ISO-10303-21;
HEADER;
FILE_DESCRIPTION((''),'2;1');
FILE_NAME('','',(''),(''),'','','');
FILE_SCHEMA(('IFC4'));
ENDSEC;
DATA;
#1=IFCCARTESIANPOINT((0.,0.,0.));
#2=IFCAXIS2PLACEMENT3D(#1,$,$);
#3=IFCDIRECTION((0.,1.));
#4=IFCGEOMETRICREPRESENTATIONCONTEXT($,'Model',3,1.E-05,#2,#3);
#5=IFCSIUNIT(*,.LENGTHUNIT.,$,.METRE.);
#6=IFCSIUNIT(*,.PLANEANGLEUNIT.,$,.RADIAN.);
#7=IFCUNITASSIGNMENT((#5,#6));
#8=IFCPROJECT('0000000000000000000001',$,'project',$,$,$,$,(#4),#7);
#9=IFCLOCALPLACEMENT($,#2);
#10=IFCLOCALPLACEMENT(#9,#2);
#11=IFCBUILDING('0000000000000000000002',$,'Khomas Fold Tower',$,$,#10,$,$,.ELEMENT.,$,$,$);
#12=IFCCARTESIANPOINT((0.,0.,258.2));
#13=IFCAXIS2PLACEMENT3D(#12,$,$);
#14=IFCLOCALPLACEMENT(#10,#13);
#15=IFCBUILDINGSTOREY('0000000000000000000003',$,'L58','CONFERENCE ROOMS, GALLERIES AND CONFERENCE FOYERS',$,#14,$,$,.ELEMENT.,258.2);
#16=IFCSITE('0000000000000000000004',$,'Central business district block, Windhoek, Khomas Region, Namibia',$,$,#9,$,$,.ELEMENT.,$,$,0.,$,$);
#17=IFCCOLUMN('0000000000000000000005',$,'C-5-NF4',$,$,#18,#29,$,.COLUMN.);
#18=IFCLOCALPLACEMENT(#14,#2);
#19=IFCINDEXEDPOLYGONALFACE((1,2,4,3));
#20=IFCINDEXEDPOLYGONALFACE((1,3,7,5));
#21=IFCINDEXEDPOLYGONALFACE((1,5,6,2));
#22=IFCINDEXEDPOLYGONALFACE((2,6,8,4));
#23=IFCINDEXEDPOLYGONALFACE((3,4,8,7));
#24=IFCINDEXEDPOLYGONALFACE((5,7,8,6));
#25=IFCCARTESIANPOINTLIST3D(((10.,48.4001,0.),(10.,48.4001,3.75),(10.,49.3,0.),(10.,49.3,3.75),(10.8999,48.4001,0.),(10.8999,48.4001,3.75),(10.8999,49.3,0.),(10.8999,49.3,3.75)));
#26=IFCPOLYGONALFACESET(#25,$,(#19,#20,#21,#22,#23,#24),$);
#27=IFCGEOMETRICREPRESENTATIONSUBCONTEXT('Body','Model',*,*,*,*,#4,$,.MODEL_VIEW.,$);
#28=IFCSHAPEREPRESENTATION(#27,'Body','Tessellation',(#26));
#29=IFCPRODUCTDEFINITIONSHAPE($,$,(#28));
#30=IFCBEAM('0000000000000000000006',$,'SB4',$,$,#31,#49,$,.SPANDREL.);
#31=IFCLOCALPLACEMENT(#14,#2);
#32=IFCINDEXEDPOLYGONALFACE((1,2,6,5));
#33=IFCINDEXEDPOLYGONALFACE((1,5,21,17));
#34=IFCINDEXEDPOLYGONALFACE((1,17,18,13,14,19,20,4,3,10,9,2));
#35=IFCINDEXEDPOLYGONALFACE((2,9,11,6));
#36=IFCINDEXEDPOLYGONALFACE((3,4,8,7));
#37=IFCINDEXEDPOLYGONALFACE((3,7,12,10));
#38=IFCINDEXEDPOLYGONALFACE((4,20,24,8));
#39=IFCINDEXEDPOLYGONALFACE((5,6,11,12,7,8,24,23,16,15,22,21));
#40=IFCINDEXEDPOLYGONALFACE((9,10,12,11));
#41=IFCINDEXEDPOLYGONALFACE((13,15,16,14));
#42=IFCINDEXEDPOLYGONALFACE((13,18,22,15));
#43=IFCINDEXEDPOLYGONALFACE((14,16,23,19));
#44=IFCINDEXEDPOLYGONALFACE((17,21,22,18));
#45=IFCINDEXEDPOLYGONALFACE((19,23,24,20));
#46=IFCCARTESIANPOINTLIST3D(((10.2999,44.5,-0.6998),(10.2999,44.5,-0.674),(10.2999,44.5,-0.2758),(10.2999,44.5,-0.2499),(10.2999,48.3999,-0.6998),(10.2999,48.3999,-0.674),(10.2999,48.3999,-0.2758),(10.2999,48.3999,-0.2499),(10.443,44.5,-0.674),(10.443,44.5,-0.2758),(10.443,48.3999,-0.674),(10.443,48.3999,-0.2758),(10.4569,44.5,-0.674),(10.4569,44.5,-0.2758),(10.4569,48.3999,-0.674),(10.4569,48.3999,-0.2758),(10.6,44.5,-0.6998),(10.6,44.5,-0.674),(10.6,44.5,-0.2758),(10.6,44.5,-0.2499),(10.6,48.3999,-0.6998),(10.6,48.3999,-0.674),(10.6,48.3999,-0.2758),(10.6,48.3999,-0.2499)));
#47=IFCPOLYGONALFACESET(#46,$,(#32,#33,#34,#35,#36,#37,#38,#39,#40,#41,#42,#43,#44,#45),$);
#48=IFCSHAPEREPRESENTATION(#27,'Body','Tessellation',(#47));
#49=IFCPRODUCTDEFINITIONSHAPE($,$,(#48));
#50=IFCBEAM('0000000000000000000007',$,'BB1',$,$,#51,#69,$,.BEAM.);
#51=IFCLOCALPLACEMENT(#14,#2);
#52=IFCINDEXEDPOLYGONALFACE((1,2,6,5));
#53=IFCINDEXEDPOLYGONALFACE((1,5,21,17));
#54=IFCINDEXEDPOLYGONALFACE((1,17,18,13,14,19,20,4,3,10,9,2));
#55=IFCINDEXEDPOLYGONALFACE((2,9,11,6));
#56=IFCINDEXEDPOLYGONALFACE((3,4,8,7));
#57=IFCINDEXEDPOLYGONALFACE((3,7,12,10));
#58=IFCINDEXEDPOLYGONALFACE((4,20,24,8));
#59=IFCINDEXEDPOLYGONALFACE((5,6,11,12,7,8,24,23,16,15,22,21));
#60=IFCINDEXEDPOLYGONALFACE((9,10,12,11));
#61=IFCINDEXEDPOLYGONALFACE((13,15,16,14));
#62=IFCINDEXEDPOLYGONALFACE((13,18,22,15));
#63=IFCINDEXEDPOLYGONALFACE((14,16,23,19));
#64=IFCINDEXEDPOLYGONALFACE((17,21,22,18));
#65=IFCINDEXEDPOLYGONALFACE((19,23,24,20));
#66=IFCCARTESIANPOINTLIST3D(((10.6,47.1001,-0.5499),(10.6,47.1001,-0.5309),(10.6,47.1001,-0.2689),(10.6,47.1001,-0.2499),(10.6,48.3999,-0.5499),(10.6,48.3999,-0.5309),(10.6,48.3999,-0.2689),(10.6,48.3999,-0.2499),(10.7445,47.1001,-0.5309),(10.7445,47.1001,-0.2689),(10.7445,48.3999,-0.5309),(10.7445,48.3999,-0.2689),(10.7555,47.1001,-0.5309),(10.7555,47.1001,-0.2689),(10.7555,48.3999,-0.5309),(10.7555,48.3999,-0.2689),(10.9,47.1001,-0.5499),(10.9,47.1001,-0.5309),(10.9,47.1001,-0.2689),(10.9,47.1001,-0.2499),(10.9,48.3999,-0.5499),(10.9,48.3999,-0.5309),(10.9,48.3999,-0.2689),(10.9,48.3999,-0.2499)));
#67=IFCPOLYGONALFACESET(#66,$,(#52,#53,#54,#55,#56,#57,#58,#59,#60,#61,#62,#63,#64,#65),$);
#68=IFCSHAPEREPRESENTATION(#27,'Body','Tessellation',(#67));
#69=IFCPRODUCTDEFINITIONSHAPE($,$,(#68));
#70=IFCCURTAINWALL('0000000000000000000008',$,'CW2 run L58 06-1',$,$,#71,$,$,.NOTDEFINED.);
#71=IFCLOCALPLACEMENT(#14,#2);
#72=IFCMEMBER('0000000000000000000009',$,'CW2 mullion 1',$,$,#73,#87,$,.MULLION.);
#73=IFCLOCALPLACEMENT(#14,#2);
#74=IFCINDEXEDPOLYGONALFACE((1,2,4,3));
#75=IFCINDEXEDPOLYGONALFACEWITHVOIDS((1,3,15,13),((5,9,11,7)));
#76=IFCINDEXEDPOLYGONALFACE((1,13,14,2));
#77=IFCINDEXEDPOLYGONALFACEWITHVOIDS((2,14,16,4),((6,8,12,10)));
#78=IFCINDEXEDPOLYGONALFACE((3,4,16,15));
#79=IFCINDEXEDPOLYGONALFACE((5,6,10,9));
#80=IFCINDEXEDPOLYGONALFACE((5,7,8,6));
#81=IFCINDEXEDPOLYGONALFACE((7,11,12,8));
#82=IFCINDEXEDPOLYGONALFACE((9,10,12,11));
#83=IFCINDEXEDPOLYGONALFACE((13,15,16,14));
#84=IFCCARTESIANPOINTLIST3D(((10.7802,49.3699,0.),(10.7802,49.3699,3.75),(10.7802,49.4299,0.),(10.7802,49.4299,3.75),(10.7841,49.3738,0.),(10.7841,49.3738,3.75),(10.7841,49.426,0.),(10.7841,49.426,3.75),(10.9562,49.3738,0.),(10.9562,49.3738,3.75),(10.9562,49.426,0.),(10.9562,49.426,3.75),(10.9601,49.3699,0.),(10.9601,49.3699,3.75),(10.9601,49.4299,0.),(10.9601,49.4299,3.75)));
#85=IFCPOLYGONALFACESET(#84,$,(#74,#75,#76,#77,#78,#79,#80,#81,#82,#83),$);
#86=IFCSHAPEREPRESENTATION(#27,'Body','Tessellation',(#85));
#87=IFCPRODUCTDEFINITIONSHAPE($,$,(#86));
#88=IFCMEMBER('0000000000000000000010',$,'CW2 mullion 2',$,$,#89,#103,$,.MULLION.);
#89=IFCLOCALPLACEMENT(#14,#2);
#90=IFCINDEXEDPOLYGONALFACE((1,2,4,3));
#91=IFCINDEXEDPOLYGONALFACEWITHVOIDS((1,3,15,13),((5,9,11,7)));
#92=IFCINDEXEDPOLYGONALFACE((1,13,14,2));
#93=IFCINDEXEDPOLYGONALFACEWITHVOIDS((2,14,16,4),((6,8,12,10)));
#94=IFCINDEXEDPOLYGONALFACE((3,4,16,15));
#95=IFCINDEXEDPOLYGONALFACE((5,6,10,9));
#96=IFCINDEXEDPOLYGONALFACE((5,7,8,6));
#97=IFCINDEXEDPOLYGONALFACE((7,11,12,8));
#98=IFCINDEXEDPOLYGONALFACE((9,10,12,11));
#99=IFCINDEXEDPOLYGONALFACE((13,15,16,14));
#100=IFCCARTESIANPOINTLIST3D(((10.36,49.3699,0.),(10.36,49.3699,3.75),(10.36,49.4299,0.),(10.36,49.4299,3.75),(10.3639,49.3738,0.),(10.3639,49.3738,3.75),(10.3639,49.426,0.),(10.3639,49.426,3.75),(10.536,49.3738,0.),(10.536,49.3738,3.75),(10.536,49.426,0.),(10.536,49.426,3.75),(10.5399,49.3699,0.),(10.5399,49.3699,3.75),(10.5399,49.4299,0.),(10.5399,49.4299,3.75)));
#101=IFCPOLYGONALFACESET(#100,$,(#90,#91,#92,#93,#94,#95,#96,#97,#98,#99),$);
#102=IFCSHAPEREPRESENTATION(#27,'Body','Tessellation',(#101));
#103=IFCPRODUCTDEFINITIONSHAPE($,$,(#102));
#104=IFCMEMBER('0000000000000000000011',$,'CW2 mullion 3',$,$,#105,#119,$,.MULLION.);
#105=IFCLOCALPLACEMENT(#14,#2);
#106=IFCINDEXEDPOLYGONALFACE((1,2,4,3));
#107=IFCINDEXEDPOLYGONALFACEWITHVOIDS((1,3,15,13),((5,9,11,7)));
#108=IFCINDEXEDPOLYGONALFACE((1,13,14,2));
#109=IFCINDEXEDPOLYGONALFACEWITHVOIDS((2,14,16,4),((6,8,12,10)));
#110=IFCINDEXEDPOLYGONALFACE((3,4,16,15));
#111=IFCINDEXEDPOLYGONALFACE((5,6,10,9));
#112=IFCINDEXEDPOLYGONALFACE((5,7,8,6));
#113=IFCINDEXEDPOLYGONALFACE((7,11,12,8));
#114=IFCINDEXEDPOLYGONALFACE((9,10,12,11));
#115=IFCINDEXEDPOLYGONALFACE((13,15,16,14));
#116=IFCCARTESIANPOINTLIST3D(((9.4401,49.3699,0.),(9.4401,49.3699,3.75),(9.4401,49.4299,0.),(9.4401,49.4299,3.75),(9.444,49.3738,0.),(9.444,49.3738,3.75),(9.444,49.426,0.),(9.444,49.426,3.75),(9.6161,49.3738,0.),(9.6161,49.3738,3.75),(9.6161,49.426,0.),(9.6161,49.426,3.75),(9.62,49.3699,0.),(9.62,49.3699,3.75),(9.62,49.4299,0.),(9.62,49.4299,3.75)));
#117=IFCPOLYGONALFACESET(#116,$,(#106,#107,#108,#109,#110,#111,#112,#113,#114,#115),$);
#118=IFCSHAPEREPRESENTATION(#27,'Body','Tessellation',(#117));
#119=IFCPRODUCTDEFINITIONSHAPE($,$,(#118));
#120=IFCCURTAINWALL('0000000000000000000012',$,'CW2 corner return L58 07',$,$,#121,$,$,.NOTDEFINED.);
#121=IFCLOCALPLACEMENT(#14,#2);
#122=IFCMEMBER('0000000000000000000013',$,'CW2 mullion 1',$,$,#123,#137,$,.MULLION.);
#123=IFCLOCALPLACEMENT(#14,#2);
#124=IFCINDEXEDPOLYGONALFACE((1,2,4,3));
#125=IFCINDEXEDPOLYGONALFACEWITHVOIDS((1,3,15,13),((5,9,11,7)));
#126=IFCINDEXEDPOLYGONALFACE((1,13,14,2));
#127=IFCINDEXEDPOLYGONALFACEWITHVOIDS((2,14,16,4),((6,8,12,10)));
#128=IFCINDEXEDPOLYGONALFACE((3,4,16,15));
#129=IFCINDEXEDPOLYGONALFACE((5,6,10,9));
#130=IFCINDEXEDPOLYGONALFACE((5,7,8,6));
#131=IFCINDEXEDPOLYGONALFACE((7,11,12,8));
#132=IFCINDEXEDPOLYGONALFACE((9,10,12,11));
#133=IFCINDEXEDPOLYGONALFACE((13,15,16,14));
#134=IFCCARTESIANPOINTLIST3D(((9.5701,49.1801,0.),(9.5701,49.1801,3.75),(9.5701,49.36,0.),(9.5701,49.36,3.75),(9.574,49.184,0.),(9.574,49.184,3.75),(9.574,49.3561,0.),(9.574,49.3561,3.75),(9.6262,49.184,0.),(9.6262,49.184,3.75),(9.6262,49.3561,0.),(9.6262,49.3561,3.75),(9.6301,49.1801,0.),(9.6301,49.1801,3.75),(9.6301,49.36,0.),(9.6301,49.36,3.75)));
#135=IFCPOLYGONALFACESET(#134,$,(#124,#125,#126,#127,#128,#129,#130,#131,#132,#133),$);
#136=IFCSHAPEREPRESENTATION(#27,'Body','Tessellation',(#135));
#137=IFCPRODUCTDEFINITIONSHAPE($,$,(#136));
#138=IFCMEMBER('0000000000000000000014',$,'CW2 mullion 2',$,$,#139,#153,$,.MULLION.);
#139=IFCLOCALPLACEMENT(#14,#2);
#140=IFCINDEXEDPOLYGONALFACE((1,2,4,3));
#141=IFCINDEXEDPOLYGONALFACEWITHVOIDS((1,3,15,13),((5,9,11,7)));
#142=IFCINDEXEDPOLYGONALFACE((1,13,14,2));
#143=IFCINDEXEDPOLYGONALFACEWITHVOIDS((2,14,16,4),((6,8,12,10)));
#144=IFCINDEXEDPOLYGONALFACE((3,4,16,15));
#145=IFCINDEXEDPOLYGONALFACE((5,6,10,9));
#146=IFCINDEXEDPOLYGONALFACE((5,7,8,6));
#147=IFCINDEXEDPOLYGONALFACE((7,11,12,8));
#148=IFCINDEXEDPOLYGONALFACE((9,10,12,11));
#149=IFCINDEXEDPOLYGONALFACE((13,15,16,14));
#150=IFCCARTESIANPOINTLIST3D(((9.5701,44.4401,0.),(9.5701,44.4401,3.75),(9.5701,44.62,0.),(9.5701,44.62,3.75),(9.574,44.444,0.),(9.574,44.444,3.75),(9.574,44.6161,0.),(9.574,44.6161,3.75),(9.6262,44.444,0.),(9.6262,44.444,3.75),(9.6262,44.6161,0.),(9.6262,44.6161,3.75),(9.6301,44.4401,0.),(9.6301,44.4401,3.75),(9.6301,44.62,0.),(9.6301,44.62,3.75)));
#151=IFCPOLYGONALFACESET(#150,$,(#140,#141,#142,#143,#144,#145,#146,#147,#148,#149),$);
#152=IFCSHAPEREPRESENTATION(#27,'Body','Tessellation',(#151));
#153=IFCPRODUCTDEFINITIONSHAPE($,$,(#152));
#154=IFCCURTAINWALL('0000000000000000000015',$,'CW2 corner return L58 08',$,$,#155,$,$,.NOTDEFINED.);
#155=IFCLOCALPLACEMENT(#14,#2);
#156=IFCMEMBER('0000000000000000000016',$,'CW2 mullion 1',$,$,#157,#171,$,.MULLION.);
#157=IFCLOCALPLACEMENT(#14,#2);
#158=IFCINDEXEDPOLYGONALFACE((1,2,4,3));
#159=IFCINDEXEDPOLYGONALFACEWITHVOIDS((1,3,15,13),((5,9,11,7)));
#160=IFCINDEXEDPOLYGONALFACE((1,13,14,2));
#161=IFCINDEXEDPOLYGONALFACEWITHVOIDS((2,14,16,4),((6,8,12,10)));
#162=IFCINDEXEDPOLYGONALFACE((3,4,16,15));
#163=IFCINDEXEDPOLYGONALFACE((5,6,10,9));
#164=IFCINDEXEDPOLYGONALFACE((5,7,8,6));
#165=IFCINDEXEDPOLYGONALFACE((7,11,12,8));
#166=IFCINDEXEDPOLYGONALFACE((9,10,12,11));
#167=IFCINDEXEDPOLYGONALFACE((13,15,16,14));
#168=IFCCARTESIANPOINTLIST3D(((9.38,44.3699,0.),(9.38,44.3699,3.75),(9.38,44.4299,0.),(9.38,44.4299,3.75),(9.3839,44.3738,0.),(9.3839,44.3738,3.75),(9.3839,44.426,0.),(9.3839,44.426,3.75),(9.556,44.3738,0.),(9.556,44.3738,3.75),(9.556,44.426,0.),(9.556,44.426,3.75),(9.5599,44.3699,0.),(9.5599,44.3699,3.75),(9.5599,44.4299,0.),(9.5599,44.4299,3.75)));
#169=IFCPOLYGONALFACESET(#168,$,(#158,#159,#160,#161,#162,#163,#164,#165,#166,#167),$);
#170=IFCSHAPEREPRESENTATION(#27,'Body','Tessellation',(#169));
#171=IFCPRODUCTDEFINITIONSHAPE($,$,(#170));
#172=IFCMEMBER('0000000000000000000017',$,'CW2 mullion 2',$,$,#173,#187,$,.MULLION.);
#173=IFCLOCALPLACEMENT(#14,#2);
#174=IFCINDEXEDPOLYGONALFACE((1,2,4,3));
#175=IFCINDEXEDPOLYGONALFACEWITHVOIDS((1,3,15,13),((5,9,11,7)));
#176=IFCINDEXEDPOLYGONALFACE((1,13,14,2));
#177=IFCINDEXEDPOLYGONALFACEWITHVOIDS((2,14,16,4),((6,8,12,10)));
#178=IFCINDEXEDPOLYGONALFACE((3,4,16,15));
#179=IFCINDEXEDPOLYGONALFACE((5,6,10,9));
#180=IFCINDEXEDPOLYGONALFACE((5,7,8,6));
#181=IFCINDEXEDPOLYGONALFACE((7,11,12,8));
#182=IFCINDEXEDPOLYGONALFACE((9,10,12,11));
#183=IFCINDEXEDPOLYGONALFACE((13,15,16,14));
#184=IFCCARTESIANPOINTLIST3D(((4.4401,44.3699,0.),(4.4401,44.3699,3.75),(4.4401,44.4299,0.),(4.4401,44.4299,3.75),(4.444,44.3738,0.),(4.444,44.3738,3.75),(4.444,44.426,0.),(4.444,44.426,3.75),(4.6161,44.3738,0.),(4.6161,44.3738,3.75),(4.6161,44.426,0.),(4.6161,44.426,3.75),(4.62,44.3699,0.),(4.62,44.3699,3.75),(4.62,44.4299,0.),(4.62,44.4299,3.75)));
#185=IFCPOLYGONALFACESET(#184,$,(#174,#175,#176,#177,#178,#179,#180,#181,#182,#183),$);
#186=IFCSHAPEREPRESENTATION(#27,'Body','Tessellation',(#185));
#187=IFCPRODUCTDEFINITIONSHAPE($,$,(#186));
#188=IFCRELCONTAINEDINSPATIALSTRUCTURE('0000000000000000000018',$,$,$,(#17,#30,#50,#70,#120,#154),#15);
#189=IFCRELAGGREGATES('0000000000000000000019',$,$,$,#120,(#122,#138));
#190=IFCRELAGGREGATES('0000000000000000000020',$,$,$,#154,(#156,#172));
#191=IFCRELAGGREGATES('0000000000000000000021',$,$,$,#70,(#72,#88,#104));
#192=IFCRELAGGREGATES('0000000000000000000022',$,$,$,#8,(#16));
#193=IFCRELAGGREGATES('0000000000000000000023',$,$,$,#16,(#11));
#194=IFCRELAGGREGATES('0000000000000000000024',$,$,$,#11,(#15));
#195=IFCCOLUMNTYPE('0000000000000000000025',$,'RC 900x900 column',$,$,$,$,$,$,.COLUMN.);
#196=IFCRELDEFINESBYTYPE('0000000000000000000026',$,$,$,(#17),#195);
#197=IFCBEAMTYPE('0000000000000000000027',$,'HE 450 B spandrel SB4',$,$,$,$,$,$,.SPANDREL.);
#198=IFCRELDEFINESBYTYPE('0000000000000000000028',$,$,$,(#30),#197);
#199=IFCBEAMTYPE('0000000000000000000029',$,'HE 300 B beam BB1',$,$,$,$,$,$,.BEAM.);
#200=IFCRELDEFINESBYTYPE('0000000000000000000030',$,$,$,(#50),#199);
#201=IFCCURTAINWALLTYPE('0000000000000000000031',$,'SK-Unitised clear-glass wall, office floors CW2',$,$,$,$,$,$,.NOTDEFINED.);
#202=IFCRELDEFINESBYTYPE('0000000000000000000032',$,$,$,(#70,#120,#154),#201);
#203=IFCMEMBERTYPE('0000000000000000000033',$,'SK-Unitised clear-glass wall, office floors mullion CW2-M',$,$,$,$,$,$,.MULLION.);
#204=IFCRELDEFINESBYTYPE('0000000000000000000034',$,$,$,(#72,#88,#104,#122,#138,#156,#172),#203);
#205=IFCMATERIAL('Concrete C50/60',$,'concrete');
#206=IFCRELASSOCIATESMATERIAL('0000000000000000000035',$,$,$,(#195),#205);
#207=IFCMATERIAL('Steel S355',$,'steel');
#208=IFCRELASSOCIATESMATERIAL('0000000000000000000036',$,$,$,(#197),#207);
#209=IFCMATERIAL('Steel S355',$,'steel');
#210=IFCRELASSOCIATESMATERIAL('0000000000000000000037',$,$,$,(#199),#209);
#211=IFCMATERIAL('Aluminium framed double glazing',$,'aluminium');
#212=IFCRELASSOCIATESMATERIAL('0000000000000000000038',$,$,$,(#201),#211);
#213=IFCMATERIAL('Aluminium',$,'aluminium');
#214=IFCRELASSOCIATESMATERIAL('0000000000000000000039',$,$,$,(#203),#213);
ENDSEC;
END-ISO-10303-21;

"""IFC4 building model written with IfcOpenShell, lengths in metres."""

from ifc_helpers import new_model, si_unit, direction, frame, origin, origin_2d, place, context, subcontext, project, spatial, rectangle, hollow_rectangle, i_section, extrude, source, transform, mapped, material, material_profile, profile_set, type_object, element, aggregate, save


model = new_model("IFC4")

# Units and contexts
model_context = context("Model", 3, precision=1e-05, world=origin(), true_north=direction((0.0, 1.0)))
body_context = subcontext(model_context, "Body", "Model", "MODEL_VIEW")
ifc_project = project(units=[si_unit("LENGTHUNIT", "METRE"), si_unit("PLANEANGLEUNIT", "RADIAN")], contexts=[model_context])

# Site, building, storey
site_placement = place(None, origin())
site = spatial("IfcSite", under=ifc_project, at=site_placement, Name="Central business district block, Windhoek, Khomas Region, Namibia", CompositionType="ELEMENT", RefElevation=0.0)
building_placement = place(site_placement, origin())
building = spatial("IfcBuilding", under=site, at=building_placement, Name="Khomas Fold Tower", CompositionType="ELEMENT")
storey_placement = place(building_placement, frame((0.0, 0.0, 258.2)))
storey = spatial("IfcBuildingStorey", under=building, at=storey_placement, Name="L58", Description="CONFERENCE ROOMS, GALLERIES AND CONFERENCE FOYERS", CompositionType="ELEMENT", Elevation=258.2)

# Column
ifc_material_1 = material(Name="Concrete C50/60", Category="concrete")
ifc_material_profile_1 = material_profile(ifc_material_1, rectangle(XDim=0.8999, YDim=0.8999, at=origin_2d()), Name="RC 900x900")
ifc_profile_set_1 = profile_set([ifc_material_profile_1], Name="Concrete C50/60")
column_type = type_object("IfcColumnType", Name="RC 900x900 column", PredefinedType="COLUMN", material=ifc_profile_set_1)
shared_shape_1 = source(origin(), body_context, "Body", "SweptSolid", [
    extrude(rectangle(XDim=0.8999, YDim=0.8999, at=origin_2d()), origin(), (0.0, 0.0, 1.0), 3.75),
])
column_placement = place(storey_placement, frame((10.45, 48.8501, 0.0), z_axis=(0.0, 0.0, 1.0), x_axis=(1.0, 0.0, 0.0)))
element("IfcColumn", 1, at=column_placement, inside=storey, type_object=column_type, Name="C-5-NF4", PredefinedType="COLUMN", context=body_context, shape_type="MappedRepresentation", body=[
    mapped(shared_shape_1, transform((0.0, 0.0, 0.0))),
])

# Beams
ifc_material_2 = material(Name="Steel S355", Category="steel")
ifc_material_profile_2 = material_profile(ifc_material_2, i_section(OverallWidth=0.3, OverallDepth=0.45, WebThickness=0.0139, FlangeThickness=0.0259, at=origin_2d()), Name="HE 450 B")
ifc_profile_set_2 = profile_set([ifc_material_profile_2], Name="Steel S355")
beam_type_1 = type_object("IfcBeamType", Name="HE 450 B spandrel SB4", PredefinedType="SPANDREL", material=ifc_profile_set_2)
shared_shape_2 = source(origin(), body_context, "Body", "SweptSolid", [
    extrude(i_section(OverallWidth=0.3, OverallDepth=0.45, WebThickness=0.0139, FlangeThickness=0.0259, at=origin_2d()), origin(), (0.0, 0.0, 1.0), 3.8999),
])
beam_1_placement = place(storey_placement, frame((10.45, 44.5, -0.4749), z_axis=(0.0, 1.0, 0.0), x_axis=(-1.0, 0.0, 0.0)))
element("IfcBeam", 2, at=beam_1_placement, inside=storey, type_object=beam_type_1, Name="SB4", PredefinedType="SPANDREL", context=body_context, shape_type="MappedRepresentation", body=[
    mapped(shared_shape_2, transform((0.0, 0.0, 0.0))),
])
ifc_material_3 = material(Name="Steel S355", Category="steel")
ifc_material_profile_3 = material_profile(ifc_material_3, i_section(OverallWidth=0.3, OverallDepth=0.3, WebThickness=0.011, FlangeThickness=0.019, at=origin_2d()), Name="HE 300 B")
ifc_profile_set_3 = profile_set([ifc_material_profile_3], Name="Steel S355")
beam_type_2 = type_object("IfcBeamType", Name="HE 300 B beam BB1", PredefinedType="BEAM", material=ifc_profile_set_3)
shared_shape_3 = source(origin(), body_context, "Body", "SweptSolid", [
    extrude(i_section(OverallWidth=0.3, OverallDepth=0.3, WebThickness=0.011, FlangeThickness=0.019, at=origin_2d()), origin(), (0.0, 0.0, 1.0), 1.2998),
])
beam_2_placement = place(storey_placement, frame((10.75, 47.1001, -0.3999), z_axis=(0.0, 1.0, 0.0), x_axis=(-1.0, 0.0, 0.0)))
element("IfcBeam", 3, at=beam_2_placement, inside=storey, type_object=beam_type_2, Name="BB1", PredefinedType="BEAM", context=body_context, shape_type="MappedRepresentation", body=[
    mapped(shared_shape_3, transform((0.0, 0.0, 0.0))),
])

# Curtain walls, members
ifc_material_4 = material(Name="Aluminium framed double glazing", Category="aluminium")
curtain_wall_type = type_object("IfcCurtainWallType", Name="SK-Unitised clear-glass wall, office floors CW2", PredefinedType="NOTDEFINED", material=ifc_material_4)
curtain_wall_1_placement = place(storey_placement, origin())
curtain_wall_1 = element("IfcCurtainWall", 4, at=curtain_wall_1_placement, inside=storey, type_object=curtain_wall_type, Name="CW2 run L58 06-1", PredefinedType="NOTDEFINED")
ifc_material_5 = material(Name="Aluminium", Category="aluminium")
ifc_material_profile_4 = material_profile(ifc_material_5, hollow_rectangle(XDim=0.0601, YDim=0.1799, WallThickness=0.0039, at=origin_2d()), Name="SK-Unitised clear-glass wall, office floors mullion CW2-M")
ifc_profile_set_4 = profile_set([ifc_material_profile_4], Name="Aluminium")
member_type_1 = type_object("IfcMemberType", Name="SK-Unitised clear-glass wall, office floors mullion CW2-M", PredefinedType="MULLION", material=ifc_profile_set_4)
shared_shape_4 = source(origin(), body_context, "Body", "SweptSolid", [
    extrude(hollow_rectangle(XDim=0.0601, YDim=0.1799, WallThickness=0.0039, at=origin_2d()), origin(), (0.0, 0.0, 1.0), 3.75),
])
member_1_placement = place(storey_placement, frame((10.8701, 49.3999, 0.0), z_axis=(0.0, 0.0, 1.0), x_axis=(0.0, -1.0, 0.0)))
member_1 = element("IfcMember", 5, at=member_1_placement, type_object=member_type_1, Name="CW2 mullion 1", PredefinedType="MULLION", context=body_context, shape_type="MappedRepresentation", body=[
    mapped(shared_shape_4, transform((0.0, 0.0, 0.0))),
])
member_2_placement = place(storey_placement, frame((10.45, 49.3999, 0.0), z_axis=(0.0, 0.0, 1.0), x_axis=(0.0, -1.0, 0.0)))
member_2 = element("IfcMember", 6, at=member_2_placement, type_object=member_type_1, Name="CW2 mullion 2", PredefinedType="MULLION", context=body_context, shape_type="MappedRepresentation", body=[
    mapped(shared_shape_4, transform((0.0, 0.0, 0.0))),
])
member_3_placement = place(storey_placement, frame((9.53, 49.3999, 0.0), z_axis=(0.0, 0.0, 1.0), x_axis=(0.0, -1.0, 0.0)))
member_3 = element("IfcMember", 7, at=member_3_placement, type_object=member_type_1, Name="CW2 mullion 3", PredefinedType="MULLION", context=body_context, shape_type="MappedRepresentation", body=[
    mapped(shared_shape_4, transform((0.0, 0.0, 0.0))),
])
curtain_wall_2_placement = place(storey_placement, origin())
curtain_wall_2 = element("IfcCurtainWall", 8, at=curtain_wall_2_placement, inside=storey, type_object=curtain_wall_type, Name="CW2 corner return L58 07", PredefinedType="NOTDEFINED")
member_4_placement = place(storey_placement, frame((9.6001, 49.27, 0.0), z_axis=(0.0, 0.0, 1.0), x_axis=(1.0, 0.0, 0.0)))
member_4 = element("IfcMember", 9, at=member_4_placement, type_object=member_type_1, Name="CW2 mullion 1", PredefinedType="MULLION", context=body_context, shape_type="MappedRepresentation", body=[
    mapped(shared_shape_4, transform((0.0, 0.0, 0.0))),
])
member_5_placement = place(storey_placement, frame((9.6001, 44.53, 0.0), z_axis=(0.0, 0.0, 1.0), x_axis=(1.0, 0.0, 0.0)))
member_5 = element("IfcMember", 10, at=member_5_placement, type_object=member_type_1, Name="CW2 mullion 2", PredefinedType="MULLION", context=body_context, shape_type="MappedRepresentation", body=[
    mapped(shared_shape_4, transform((0.0, 0.0, 0.0))),
])
curtain_wall_3_placement = place(storey_placement, origin())
curtain_wall_3 = element("IfcCurtainWall", 11, at=curtain_wall_3_placement, inside=storey, type_object=curtain_wall_type, Name="CW2 corner return L58 08", PredefinedType="NOTDEFINED")
member_6_placement = place(storey_placement, frame((9.47, 44.3999, 0.0), z_axis=(0.0, 0.0, 1.0), x_axis=(0.0, -1.0, 0.0)))
member_6 = element("IfcMember", 12, at=member_6_placement, type_object=member_type_1, Name="CW2 mullion 1", PredefinedType="MULLION", context=body_context, shape_type="MappedRepresentation", body=[
    mapped(shared_shape_4, transform((0.0, 0.0, 0.0))),
])
member_7_placement = place(storey_placement, frame((4.53, 44.3999, 0.0), z_axis=(0.0, 0.0, 1.0), x_axis=(0.0, -1.0, 0.0)))
member_7 = element("IfcMember", 13, at=member_7_placement, type_object=member_type_1, Name="CW2 mullion 2", PredefinedType="MULLION", context=body_context, shape_type="MappedRepresentation", body=[
    mapped(shared_shape_4, transform((0.0, 0.0, 0.0))),
])

aggregate(curtain_wall_2, [member_4, member_5])
aggregate(curtain_wall_3, [member_6, member_7])
aggregate(curtain_wall_1, [member_1, member_2, member_3])

save(model, "model.ifc")
